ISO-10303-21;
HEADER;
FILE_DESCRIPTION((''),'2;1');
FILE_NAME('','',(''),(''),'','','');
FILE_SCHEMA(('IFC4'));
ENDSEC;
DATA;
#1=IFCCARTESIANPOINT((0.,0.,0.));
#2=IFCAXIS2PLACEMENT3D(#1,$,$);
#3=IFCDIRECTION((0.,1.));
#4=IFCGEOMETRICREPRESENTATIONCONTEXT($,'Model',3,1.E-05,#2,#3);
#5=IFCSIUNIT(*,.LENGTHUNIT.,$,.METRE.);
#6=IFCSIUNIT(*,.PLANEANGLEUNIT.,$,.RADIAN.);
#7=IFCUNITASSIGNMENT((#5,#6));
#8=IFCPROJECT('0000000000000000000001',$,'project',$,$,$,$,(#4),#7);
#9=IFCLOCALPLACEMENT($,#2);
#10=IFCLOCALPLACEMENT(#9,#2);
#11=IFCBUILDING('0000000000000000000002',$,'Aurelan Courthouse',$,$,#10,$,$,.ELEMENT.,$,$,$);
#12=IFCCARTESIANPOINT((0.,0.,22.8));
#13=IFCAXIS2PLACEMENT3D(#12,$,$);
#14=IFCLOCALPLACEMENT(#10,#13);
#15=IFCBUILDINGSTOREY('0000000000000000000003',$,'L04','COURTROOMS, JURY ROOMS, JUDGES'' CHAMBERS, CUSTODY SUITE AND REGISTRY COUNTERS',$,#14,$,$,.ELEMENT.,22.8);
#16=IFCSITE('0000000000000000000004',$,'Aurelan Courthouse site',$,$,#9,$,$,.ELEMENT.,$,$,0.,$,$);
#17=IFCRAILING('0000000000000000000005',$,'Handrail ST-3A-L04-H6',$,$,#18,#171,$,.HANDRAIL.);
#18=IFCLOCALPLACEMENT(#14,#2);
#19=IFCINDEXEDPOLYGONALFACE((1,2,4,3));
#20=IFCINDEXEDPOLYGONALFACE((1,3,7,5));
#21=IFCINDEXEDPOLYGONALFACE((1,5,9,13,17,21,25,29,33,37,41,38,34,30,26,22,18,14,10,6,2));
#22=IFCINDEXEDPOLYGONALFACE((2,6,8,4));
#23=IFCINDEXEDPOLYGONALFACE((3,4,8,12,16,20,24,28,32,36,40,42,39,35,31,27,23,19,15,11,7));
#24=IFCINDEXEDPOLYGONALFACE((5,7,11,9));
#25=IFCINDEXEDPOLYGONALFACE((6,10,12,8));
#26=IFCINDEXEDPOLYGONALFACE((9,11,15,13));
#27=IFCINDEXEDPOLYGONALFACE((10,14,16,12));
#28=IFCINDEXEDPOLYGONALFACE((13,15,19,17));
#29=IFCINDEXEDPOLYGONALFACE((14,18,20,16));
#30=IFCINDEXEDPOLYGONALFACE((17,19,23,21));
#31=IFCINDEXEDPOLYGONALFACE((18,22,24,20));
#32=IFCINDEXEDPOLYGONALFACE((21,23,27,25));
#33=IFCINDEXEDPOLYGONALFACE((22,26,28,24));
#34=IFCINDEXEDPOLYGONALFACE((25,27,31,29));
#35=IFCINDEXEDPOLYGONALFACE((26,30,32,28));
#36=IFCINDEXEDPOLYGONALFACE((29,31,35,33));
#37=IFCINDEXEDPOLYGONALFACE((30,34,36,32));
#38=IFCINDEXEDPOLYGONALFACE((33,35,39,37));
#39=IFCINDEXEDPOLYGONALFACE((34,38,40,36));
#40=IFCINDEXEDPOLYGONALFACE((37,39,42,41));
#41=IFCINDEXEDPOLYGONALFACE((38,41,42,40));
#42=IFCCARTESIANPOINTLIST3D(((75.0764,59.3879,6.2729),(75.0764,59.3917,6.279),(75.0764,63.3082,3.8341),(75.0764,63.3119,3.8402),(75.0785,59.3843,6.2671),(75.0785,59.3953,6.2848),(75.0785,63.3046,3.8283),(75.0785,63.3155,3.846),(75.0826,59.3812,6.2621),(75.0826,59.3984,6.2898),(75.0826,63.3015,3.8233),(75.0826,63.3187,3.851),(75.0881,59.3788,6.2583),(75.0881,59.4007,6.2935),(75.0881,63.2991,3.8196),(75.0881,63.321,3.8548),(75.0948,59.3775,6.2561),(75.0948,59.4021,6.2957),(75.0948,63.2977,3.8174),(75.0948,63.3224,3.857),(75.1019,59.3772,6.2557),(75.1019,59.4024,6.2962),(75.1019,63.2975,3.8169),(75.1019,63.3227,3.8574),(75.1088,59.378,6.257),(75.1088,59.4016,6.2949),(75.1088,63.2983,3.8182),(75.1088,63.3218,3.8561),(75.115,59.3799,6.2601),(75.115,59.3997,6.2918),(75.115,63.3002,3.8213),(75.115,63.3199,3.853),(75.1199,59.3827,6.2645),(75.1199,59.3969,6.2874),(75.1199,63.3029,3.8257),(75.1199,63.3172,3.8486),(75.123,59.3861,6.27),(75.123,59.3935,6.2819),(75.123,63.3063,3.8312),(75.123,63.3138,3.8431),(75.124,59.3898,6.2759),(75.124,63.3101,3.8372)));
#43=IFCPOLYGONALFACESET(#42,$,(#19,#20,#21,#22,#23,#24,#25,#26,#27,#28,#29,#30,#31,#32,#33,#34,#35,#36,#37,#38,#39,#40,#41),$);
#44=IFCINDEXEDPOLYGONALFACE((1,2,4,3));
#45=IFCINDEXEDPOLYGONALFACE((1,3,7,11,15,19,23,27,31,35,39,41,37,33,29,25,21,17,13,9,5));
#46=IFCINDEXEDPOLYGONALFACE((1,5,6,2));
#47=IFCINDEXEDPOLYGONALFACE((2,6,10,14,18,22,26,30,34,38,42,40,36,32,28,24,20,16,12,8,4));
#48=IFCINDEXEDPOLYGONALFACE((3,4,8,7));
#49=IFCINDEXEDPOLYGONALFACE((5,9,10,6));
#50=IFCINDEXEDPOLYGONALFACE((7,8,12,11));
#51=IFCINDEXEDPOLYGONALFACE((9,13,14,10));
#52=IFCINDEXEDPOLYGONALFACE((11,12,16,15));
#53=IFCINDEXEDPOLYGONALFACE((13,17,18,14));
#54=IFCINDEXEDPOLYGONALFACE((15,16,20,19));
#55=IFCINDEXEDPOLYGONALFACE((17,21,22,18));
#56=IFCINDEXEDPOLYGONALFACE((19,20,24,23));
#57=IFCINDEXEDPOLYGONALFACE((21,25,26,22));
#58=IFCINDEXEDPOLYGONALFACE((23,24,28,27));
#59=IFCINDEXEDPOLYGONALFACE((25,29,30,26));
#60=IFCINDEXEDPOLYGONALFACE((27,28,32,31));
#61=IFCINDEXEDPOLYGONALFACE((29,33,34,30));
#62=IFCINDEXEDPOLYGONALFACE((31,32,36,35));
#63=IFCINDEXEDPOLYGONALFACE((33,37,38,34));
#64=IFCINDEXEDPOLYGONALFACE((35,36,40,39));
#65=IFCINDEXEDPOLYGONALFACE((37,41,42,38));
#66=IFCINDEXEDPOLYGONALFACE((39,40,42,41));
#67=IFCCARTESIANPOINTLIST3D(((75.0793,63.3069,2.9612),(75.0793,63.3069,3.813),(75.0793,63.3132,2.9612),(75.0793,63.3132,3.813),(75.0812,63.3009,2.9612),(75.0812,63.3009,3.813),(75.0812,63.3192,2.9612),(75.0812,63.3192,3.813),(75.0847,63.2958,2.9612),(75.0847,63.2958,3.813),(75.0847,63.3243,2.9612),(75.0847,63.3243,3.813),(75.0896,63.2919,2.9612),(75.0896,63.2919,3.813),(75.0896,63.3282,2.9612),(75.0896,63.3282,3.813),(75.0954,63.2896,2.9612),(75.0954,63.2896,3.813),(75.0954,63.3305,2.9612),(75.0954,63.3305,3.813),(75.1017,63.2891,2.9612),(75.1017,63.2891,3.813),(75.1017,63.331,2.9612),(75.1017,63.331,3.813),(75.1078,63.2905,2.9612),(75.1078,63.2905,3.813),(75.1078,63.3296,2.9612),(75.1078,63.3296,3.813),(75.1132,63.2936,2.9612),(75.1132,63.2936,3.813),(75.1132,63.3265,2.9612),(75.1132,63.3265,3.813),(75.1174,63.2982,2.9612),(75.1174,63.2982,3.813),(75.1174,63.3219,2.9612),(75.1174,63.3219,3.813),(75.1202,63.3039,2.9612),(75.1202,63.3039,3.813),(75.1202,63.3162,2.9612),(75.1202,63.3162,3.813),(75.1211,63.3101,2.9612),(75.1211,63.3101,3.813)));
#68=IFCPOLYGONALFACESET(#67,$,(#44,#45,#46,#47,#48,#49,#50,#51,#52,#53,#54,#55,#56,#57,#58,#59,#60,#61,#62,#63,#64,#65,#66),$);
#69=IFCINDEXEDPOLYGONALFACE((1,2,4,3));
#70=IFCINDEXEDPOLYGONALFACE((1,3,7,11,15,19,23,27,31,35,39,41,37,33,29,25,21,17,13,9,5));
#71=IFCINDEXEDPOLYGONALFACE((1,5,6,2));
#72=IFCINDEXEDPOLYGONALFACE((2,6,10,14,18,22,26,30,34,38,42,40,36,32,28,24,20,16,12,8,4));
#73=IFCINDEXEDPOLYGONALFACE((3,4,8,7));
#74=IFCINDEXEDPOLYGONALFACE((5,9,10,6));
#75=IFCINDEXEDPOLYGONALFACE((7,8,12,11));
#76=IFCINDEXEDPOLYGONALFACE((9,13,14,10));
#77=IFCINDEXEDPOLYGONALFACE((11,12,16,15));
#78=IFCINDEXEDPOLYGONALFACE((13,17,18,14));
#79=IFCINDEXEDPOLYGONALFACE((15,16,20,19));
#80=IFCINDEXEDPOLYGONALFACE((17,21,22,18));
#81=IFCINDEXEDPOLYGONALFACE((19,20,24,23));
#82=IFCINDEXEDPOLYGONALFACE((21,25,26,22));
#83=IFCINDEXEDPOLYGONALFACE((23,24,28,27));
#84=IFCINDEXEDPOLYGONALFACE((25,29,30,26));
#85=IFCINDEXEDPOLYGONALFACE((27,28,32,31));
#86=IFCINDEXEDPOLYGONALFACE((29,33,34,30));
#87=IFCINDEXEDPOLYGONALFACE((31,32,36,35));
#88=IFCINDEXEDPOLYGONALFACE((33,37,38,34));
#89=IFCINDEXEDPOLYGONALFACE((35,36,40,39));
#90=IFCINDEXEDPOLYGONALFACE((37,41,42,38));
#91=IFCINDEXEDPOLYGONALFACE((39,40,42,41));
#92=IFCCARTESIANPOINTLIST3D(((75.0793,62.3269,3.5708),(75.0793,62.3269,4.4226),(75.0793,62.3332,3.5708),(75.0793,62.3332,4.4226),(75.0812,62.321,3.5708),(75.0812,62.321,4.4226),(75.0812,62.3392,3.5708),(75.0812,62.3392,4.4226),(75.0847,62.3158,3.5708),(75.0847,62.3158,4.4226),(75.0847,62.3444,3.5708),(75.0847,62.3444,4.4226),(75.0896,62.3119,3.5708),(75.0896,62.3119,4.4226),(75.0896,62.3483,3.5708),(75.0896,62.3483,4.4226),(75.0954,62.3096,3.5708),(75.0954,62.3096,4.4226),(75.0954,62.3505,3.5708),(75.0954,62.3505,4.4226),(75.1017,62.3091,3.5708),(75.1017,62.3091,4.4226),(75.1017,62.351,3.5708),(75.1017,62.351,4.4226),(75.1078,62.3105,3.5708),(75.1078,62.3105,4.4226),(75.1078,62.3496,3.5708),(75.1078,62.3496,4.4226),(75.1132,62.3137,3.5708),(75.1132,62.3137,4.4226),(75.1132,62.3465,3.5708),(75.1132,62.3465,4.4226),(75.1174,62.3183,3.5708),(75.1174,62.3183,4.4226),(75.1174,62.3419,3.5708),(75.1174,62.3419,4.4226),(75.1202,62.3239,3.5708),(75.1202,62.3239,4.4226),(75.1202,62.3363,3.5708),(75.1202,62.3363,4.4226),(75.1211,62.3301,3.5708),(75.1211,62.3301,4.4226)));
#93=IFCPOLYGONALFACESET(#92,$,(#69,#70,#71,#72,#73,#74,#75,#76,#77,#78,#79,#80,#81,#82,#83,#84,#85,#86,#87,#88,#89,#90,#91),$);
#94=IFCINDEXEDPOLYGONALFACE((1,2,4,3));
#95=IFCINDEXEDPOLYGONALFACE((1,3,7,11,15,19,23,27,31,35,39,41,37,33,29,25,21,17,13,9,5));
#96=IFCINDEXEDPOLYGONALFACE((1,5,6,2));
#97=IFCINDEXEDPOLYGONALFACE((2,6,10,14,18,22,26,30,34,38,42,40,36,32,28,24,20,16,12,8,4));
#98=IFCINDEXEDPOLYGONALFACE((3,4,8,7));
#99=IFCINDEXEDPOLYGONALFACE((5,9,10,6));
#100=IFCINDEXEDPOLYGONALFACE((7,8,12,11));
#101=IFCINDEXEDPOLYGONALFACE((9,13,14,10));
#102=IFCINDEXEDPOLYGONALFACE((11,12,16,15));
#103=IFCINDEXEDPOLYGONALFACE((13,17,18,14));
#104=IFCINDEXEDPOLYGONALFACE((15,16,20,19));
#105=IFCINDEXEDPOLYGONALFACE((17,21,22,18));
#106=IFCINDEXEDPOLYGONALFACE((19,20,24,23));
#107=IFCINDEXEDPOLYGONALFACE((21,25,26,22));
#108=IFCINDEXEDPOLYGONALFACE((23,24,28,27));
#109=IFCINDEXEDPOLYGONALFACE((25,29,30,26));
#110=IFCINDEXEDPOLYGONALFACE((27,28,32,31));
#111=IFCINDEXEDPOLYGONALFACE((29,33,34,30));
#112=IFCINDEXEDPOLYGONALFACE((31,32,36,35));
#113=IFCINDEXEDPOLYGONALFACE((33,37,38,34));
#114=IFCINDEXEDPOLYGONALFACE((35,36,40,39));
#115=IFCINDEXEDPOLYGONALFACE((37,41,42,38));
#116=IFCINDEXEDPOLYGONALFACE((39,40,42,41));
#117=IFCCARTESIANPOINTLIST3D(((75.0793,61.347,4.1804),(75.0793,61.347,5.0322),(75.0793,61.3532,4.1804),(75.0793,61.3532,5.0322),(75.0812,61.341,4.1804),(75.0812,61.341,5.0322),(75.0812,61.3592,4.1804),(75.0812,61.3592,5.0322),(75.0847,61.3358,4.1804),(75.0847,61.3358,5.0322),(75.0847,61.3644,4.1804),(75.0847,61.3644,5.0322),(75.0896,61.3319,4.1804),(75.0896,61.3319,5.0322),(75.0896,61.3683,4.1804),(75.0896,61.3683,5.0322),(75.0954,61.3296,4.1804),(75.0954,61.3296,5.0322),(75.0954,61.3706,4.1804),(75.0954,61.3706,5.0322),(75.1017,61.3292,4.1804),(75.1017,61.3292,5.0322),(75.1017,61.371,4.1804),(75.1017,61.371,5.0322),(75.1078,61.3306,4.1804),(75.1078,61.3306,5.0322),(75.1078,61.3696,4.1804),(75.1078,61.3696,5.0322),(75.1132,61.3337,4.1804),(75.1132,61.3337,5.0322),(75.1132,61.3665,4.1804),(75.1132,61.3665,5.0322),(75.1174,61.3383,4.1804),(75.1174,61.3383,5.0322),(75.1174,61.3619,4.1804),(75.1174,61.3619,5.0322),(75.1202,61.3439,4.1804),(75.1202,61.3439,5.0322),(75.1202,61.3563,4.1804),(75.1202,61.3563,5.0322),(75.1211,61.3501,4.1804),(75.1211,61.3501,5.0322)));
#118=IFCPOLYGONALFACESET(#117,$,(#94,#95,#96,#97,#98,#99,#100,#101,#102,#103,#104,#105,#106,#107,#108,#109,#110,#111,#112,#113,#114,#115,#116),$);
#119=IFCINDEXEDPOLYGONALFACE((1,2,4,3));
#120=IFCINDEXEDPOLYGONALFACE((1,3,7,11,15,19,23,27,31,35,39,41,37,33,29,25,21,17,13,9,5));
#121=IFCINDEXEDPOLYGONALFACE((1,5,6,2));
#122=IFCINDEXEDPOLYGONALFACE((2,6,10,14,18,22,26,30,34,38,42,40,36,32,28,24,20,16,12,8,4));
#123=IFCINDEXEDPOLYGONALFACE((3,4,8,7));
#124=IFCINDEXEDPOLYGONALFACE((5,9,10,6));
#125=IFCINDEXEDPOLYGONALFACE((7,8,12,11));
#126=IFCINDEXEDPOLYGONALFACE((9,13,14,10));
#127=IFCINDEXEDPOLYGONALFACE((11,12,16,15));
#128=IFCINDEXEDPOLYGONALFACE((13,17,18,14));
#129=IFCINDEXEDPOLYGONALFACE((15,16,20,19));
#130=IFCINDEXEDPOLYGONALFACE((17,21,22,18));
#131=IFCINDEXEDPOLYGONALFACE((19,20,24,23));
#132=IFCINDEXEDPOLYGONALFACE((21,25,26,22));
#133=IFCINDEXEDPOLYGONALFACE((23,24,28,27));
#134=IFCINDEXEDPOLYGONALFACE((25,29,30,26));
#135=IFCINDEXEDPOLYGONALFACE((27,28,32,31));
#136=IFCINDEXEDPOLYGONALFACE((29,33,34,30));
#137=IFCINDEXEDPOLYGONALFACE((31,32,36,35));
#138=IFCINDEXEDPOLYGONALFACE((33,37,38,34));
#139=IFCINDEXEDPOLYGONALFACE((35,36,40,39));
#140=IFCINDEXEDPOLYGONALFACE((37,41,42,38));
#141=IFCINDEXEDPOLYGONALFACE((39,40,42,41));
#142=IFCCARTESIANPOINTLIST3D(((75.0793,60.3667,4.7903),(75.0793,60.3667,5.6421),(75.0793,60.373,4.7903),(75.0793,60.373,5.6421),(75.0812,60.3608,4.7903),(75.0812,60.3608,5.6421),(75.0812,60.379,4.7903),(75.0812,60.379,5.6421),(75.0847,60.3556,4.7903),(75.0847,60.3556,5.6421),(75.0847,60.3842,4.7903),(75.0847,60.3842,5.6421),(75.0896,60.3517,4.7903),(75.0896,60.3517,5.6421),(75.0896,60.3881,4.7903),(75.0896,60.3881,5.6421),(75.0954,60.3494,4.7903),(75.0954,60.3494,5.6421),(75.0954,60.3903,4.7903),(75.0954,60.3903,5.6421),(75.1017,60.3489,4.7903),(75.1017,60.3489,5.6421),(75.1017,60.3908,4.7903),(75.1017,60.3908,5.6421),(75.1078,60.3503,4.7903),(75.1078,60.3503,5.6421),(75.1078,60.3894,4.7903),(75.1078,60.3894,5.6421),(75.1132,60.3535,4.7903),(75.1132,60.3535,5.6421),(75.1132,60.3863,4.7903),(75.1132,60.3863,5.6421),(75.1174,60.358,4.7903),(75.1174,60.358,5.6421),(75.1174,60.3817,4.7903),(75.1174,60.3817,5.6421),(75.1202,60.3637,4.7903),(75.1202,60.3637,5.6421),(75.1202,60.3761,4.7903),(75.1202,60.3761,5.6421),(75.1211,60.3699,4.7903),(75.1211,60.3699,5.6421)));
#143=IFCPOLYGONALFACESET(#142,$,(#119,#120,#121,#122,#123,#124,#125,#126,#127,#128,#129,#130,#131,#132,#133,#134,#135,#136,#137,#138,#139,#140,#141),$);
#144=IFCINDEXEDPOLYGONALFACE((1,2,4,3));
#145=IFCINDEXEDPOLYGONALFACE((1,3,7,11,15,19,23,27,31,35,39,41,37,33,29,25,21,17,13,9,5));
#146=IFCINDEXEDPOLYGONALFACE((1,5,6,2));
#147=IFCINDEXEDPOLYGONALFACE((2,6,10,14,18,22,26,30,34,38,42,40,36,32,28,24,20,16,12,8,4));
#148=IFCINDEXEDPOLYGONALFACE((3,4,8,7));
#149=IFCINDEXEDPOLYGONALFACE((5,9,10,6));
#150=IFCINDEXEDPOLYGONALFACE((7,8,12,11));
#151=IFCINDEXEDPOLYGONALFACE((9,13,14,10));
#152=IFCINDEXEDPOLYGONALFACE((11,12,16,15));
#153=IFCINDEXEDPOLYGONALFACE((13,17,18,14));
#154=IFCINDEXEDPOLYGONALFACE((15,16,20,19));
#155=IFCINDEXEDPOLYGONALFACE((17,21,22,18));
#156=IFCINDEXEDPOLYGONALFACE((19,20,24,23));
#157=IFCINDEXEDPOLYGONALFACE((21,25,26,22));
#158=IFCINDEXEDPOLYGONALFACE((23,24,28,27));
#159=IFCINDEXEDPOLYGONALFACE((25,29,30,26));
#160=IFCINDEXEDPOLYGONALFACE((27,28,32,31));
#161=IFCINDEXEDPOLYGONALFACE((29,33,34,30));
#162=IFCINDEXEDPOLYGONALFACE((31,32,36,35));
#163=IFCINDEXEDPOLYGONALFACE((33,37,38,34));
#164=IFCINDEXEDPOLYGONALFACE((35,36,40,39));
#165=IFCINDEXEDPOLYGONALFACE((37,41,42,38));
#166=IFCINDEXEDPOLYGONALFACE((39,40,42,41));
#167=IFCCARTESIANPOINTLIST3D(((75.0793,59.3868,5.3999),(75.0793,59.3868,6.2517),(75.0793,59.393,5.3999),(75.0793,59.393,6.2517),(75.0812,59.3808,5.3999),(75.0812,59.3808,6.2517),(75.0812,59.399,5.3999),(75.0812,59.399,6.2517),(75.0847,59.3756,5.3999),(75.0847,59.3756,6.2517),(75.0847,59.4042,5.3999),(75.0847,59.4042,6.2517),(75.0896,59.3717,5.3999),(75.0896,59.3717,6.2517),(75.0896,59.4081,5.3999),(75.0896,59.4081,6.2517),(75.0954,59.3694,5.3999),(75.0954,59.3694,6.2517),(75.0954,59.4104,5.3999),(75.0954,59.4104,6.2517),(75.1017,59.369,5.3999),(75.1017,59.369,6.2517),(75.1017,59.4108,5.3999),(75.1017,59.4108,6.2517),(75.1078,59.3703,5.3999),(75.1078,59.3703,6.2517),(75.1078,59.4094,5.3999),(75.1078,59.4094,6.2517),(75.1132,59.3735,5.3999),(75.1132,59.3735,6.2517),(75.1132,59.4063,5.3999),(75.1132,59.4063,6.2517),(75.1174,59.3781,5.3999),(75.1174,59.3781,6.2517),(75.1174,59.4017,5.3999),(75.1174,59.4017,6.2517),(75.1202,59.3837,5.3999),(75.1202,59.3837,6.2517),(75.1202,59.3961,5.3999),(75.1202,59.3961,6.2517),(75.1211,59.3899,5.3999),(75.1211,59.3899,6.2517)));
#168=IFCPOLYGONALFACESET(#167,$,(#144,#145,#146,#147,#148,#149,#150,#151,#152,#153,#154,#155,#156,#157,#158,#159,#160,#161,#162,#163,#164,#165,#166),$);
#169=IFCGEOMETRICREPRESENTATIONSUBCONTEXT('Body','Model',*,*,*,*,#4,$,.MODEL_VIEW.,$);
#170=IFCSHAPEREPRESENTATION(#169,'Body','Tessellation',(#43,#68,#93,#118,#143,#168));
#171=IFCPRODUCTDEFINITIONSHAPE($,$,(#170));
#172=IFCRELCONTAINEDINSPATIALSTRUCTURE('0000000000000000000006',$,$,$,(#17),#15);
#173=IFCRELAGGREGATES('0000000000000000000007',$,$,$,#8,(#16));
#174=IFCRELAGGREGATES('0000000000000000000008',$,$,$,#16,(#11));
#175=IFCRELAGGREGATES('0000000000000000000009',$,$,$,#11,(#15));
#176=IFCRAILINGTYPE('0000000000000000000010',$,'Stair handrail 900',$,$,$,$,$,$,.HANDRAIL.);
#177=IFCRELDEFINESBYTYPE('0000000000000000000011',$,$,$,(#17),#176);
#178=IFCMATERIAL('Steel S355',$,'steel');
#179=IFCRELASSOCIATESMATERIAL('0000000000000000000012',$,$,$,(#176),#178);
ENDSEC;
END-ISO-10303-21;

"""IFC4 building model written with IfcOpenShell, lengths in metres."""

from ifc_helpers import new_model, si_unit, direction, frame, origin, origin_2d, place, context, subcontext, project, spatial, circle, extrude, material, type_object, element, save


model = new_model("IFC4")

# Units and contexts
model_context = context("Model", 3, precision=1e-05, world=origin(), true_north=direction((0.0, 1.0)))
body_context = subcontext(model_context, "Body", "Model", "MODEL_VIEW")
ifc_project = project(units=[si_unit("LENGTHUNIT", "METRE"), si_unit("PLANEANGLEUNIT", "RADIAN")], contexts=[model_context])

# Site, building, storey
site_placement = place(None, origin())
site = spatial("IfcSite", under=ifc_project, at=site_placement, Name="Aurelan Courthouse site", CompositionType="ELEMENT", RefElevation=0.0)
building_placement = place(site_placement, origin())
building = spatial("IfcBuilding", under=site, at=building_placement, Name="Aurelan Courthouse", CompositionType="ELEMENT")
storey_placement = place(building_placement, frame((0.0, 0.0, 22.8)))
storey = spatial("IfcBuildingStorey", under=building, at=storey_placement, Name="L04", Description="COURTROOMS, JURY ROOMS, JUDGES' CHAMBERS, CUSTODY SUITE AND REGISTRY COUNTERS", CompositionType="ELEMENT", Elevation=22.8)

# Railing
ifc_material_1 = material(Name="Steel S355", Category="steel")
railing_type_1 = type_object("IfcRailingType", Name="Stair handrail 900", PredefinedType="HANDRAIL", material=ifc_material_1)
for number, where, name in (
    (1, (75.1001, 63.3101, 2.9612), "Handrail ST-3A-L04-H6"),
):
    element("IfcRailing", number, at=place(storey_placement, frame(where)), inside=storey, type_object=railing_type_1, Name=name, PredefinedType="HANDRAIL", context=body_context, shape_type="SweptSolid", body=[
        extrude(circle(Radius=0.0239, at=origin_2d()), frame((0.0, 0.0, 0.876), z_axis=(0.0, -0.849105, 0.528225), x_axis=(1.0, 0.0, 0.0)), (0.0, 0.0, 1.0), 4.6169),
        extrude(circle(Radius=0.021, at=origin_2d()), origin(), (0.0, 0.0, 1.0), 0.8518),
        extrude(circle(Radius=0.021, at=origin_2d()), frame((0.0, -0.98, 0.6096)), (0.0, 0.0, 1.0), 0.8518),
        extrude(circle(Radius=0.021, at=origin_2d()), frame((0.0, -1.96, 1.2192)), (0.0, 0.0, 1.0), 0.8518),
        extrude(circle(Radius=0.021, at=origin_2d()), frame((0.0, -2.9402, 1.8291)), (0.0, 0.0, 1.0), 0.8518),
        extrude(circle(Radius=0.021, at=origin_2d()), frame((0.0, -3.9202, 2.4387)), (0.0, 0.0, 1.0), 0.8518),
    ])

save(model, "model.ifc")
